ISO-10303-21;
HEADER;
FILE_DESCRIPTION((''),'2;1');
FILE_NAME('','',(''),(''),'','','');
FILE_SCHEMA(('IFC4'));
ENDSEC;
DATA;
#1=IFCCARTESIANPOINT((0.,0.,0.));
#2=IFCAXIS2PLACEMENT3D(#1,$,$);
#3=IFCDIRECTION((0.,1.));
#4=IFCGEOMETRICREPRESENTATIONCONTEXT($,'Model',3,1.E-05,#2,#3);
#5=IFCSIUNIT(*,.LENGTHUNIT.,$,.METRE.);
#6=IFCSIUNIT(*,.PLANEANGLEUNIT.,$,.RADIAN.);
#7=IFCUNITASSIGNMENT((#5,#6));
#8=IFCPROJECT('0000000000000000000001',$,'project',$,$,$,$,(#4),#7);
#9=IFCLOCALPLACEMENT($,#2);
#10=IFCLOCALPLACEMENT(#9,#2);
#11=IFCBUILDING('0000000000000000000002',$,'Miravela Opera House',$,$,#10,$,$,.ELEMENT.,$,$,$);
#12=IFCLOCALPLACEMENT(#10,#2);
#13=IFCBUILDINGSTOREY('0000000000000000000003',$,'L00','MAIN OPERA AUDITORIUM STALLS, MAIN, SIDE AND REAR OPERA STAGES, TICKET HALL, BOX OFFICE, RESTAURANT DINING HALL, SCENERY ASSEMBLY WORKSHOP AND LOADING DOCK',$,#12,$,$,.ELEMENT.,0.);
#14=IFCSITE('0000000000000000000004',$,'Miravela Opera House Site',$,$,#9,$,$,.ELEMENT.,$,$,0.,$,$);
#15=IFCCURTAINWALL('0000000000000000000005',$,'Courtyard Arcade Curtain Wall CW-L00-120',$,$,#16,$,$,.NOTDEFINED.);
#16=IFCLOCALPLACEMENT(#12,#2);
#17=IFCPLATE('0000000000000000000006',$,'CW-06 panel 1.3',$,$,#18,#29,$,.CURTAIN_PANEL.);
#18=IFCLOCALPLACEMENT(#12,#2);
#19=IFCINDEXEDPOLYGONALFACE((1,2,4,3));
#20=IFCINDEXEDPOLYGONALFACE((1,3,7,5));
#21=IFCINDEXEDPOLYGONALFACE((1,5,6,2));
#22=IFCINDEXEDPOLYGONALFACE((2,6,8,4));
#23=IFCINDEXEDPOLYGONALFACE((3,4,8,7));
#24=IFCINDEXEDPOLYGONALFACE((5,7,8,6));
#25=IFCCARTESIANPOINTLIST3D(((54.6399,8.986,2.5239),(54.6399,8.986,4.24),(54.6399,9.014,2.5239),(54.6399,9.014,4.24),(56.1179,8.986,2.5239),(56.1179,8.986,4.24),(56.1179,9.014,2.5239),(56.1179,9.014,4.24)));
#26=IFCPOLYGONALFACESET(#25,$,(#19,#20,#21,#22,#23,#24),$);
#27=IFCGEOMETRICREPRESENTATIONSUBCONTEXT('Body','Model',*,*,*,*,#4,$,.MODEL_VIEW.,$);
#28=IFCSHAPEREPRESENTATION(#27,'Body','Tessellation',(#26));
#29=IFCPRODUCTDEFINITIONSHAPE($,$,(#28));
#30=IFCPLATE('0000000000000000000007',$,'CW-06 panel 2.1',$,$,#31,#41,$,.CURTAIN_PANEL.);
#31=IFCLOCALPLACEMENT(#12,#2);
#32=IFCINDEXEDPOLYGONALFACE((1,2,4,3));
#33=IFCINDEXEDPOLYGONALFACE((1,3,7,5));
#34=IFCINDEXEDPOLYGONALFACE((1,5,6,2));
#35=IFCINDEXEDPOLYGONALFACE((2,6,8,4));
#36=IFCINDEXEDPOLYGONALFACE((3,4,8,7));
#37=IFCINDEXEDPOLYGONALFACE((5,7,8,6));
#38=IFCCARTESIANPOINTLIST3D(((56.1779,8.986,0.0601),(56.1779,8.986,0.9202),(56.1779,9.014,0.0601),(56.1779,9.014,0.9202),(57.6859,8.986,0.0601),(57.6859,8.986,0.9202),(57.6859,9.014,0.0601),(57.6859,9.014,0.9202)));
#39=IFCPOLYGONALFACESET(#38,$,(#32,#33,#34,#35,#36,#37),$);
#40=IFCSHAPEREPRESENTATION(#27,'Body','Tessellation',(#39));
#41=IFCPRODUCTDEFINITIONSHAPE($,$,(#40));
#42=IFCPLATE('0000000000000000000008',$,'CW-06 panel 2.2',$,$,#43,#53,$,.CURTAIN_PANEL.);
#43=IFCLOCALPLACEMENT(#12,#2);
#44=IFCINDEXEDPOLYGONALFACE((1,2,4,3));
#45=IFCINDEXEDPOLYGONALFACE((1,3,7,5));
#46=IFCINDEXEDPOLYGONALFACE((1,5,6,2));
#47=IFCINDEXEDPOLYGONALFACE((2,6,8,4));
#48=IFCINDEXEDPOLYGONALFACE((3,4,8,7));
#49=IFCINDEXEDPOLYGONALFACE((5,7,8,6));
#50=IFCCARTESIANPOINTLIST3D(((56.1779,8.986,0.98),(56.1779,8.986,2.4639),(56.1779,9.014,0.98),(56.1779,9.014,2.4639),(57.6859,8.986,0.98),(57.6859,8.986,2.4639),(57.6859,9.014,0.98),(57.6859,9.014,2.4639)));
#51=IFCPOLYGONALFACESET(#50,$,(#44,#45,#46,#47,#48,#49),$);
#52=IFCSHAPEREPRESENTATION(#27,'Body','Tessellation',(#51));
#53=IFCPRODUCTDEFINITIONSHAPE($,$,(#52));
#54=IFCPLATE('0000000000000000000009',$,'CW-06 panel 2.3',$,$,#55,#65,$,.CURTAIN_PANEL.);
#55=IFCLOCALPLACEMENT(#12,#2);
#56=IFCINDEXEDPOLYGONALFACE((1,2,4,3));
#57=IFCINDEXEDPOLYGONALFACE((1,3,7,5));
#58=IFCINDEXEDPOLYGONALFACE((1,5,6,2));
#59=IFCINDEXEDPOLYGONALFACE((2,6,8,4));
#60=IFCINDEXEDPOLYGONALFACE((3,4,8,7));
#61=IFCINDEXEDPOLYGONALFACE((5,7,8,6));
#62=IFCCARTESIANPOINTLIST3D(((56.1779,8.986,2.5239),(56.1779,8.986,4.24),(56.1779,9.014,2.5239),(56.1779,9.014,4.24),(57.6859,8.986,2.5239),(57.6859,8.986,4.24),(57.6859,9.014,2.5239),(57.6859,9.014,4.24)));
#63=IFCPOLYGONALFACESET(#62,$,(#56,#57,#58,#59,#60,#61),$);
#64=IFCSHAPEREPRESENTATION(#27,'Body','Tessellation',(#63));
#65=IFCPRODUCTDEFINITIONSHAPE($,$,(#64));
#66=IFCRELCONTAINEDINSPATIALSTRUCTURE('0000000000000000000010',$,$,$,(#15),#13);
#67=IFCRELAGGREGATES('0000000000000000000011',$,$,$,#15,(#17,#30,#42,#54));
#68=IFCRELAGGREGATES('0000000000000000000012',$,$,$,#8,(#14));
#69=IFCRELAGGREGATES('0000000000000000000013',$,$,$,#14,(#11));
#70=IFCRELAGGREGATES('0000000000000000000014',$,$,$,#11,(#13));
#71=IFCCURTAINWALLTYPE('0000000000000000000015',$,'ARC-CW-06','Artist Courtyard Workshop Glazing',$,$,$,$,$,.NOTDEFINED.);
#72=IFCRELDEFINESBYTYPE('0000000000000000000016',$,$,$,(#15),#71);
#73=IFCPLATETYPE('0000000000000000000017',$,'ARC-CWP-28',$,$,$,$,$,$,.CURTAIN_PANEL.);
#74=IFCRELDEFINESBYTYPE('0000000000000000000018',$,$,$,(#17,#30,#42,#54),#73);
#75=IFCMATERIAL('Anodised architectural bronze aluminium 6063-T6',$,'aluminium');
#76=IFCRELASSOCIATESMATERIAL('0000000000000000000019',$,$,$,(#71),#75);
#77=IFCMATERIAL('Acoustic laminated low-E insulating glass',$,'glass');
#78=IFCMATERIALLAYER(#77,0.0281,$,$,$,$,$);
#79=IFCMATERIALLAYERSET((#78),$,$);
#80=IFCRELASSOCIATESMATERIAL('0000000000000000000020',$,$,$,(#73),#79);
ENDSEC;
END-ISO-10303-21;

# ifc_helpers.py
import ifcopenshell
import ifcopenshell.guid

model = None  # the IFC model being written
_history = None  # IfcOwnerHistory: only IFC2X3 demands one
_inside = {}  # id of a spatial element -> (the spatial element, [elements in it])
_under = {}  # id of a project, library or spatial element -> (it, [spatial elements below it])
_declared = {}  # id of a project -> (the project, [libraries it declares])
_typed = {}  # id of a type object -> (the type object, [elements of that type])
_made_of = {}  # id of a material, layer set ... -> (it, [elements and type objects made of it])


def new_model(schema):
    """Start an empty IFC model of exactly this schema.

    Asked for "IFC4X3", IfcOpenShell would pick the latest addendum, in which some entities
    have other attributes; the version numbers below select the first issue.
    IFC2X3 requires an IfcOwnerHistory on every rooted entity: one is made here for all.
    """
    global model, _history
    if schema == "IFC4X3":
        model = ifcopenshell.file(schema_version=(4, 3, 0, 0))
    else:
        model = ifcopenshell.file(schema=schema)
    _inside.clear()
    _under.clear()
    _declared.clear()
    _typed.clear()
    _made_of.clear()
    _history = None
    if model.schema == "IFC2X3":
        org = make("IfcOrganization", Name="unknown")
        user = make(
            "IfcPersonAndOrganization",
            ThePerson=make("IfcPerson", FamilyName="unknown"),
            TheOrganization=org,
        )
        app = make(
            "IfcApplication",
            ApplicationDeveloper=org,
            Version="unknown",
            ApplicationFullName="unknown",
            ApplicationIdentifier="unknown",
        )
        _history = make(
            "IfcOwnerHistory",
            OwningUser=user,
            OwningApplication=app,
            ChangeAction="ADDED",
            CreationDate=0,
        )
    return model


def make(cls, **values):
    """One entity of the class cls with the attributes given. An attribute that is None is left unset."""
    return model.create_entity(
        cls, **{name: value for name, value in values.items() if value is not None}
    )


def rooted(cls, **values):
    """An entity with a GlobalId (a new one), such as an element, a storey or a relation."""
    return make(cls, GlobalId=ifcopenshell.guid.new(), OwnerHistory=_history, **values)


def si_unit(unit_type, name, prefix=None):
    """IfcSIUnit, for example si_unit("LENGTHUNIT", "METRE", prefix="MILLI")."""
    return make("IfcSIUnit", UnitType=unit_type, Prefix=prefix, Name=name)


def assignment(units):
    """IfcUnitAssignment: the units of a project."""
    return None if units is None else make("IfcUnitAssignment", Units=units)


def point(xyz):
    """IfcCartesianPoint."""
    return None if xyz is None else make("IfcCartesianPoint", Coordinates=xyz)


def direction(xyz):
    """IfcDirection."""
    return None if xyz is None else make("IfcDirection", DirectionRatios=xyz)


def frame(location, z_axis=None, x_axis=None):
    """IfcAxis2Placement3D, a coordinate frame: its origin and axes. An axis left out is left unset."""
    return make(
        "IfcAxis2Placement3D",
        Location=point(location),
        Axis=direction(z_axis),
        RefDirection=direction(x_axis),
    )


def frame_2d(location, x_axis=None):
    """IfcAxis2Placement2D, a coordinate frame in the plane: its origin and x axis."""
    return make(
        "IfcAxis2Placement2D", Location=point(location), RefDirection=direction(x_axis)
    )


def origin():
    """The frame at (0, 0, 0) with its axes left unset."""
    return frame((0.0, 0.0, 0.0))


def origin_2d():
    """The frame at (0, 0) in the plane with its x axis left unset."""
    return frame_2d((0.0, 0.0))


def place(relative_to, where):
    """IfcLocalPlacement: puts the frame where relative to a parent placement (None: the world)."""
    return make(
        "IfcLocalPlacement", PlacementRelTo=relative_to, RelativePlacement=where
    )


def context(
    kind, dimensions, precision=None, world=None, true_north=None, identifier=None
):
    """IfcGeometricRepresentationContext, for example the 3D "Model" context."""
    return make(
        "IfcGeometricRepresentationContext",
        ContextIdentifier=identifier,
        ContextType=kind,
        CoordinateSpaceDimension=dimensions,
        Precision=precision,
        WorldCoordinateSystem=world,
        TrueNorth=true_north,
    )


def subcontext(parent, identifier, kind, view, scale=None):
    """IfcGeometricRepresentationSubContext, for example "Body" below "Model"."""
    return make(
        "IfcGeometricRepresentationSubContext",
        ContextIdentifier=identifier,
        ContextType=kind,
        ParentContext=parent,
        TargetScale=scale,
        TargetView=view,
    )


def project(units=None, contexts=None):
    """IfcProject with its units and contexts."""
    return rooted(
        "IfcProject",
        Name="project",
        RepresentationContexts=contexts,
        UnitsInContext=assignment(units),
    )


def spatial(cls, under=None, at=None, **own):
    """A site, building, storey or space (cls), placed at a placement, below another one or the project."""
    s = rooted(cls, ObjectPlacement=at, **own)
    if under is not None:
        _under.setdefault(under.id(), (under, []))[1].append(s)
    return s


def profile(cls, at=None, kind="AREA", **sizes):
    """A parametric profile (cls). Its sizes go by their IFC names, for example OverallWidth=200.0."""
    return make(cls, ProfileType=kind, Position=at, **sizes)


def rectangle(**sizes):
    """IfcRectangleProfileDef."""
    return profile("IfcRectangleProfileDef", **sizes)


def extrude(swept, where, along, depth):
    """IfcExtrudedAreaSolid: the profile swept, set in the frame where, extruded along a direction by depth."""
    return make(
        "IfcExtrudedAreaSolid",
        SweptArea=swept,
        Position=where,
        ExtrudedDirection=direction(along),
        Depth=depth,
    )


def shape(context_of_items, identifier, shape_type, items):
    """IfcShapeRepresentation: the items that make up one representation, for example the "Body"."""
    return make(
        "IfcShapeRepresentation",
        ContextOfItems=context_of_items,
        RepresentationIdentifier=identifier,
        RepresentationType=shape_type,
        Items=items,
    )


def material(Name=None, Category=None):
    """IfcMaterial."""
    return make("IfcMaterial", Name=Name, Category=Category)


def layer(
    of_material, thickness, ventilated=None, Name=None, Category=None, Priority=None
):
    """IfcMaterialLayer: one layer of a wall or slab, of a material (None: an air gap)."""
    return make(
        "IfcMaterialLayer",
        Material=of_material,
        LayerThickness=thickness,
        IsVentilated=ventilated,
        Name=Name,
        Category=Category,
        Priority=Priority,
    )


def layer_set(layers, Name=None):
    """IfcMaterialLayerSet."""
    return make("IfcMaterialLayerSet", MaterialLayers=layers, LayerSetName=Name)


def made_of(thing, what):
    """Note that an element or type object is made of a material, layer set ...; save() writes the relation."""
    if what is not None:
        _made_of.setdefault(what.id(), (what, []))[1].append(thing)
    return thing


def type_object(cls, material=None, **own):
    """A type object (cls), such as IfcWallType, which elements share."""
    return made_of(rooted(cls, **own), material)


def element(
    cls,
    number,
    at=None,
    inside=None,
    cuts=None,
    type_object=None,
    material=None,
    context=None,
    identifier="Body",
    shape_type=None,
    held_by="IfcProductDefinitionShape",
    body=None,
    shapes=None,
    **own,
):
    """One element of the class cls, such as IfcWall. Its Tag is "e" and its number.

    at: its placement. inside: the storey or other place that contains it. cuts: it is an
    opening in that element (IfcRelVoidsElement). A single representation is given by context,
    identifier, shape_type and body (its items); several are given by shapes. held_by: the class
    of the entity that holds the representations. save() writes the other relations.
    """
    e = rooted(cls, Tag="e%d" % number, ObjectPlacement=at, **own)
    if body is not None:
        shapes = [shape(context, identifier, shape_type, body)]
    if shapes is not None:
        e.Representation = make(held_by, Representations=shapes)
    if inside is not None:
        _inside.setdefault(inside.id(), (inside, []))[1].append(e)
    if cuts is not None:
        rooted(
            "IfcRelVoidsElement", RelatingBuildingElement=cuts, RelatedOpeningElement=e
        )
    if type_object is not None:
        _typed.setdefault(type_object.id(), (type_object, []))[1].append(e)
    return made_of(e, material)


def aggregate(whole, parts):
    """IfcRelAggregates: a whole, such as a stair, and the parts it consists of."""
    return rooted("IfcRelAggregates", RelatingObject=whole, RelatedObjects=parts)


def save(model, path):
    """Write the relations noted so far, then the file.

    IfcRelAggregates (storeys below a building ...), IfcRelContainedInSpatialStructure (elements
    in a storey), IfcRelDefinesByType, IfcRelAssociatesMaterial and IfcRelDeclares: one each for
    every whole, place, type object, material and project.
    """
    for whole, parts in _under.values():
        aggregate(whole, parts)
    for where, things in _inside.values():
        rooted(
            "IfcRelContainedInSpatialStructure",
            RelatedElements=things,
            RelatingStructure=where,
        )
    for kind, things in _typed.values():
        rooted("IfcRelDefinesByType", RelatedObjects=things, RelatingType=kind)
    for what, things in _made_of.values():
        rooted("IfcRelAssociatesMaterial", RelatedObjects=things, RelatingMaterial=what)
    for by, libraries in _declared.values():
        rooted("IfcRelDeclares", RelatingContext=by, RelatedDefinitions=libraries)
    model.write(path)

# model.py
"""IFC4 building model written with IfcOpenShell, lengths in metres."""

from ifc_helpers import new_model, si_unit, direction, frame, origin, origin_2d, place, context, subcontext, project, spatial, rectangle, extrude, material, layer, layer_set, type_object, element, aggregate, save


model = new_model("IFC4")

# Units and contexts
model_context = context("Model", 3, precision=1e-05, world=origin(), true_north=direction((0.0, 1.0)))
body_context = subcontext(model_context, "Body", "Model", "MODEL_VIEW")
ifc_project = project(units=[si_unit("LENGTHUNIT", "METRE"), si_unit("PLANEANGLEUNIT", "RADIAN")], contexts=[model_context])

# Site, building, storey
site_placement = place(None, origin())
site = spatial("IfcSite", under=ifc_project, at=site_placement, Name="Miravela Opera House Site", CompositionType="ELEMENT", RefElevation=0.0)
building_placement = place(site_placement, origin())
building = spatial("IfcBuilding", under=site, at=building_placement, Name="Miravela Opera House", CompositionType="ELEMENT")
storey_placement = place(building_placement, origin())
storey = spatial("IfcBuildingStorey", under=building, at=storey_placement, Name="L00", Description="MAIN OPERA AUDITORIUM STALLS, MAIN, SIDE AND REAR OPERA STAGES, TICKET HALL, BOX OFFICE, RESTAURANT DINING HALL, SCENERY ASSEMBLY WORKSHOP AND LOADING DOCK", CompositionType="ELEMENT", Elevation=0.0)

# Shared definitions
ifc_material_1 = material(Name="Anodised architectural bronze aluminium 6063-T6", Category="aluminium")
curtain_wall_type = type_object("IfcCurtainWallType", Name="ARC-CW-06", Description="Artist Courtyard Workshop Glazing", PredefinedType="NOTDEFINED", material=ifc_material_1)

# Curtain wall
curtain_wall_1_placement = place(storey_placement, origin())
curtain_wall_1 = element("IfcCurtainWall", 1, at=curtain_wall_1_placement, inside=storey, type_object=curtain_wall_type, Name="Courtyard Arcade Curtain Wall CW-L00-120", PredefinedType="NOTDEFINED")

# Plates
ifc_material_2 = material(Name="Acoustic laminated low-E insulating glass", Category="glass")
ifc_layer = layer(ifc_material_2, 0.0281)
ifc_layer_set = layer_set([ifc_layer])
plate_type = type_object("IfcPlateType", Name="ARC-CWP-28", PredefinedType="CURTAIN_PANEL", material=ifc_layer_set)
plate_1_placement = place(storey_placement, frame((55.3789, 9.0, 2.5239), z_axis=(0.0, 0.0, 1.0), x_axis=(1.0, 0.0, 0.0)))
plate_1 = element("IfcPlate", 2, at=plate_1_placement, type_object=plate_type, Name="CW-06 panel 1.3", PredefinedType="CURTAIN_PANEL", context=body_context, shape_type="SweptSolid", body=[
    extrude(rectangle(XDim=1.478, YDim=0.0281, at=origin_2d()), origin(), (0.0, 0.0, 1.0), 1.7161),
])
plate_2_placement = place(storey_placement, frame((56.9319, 9.0, 0.0601), z_axis=(0.0, 0.0, 1.0), x_axis=(1.0, 0.0, 0.0)))
plate_2 = element("IfcPlate", 3, at=plate_2_placement, type_object=plate_type, Name="CW-06 panel 2.1", PredefinedType="CURTAIN_PANEL", context=body_context, shape_type="SweptSolid", body=[
    extrude(rectangle(XDim=1.5081, YDim=0.0281, at=origin_2d()), origin(), (0.0, 0.0, 1.0), 0.8601),
])
plate_3_placement = place(storey_placement, frame((56.9319, 9.0, 0.98), z_axis=(0.0, 0.0, 1.0), x_axis=(1.0, 0.0, 0.0)))
plate_3 = element("IfcPlate", 4, at=plate_3_placement, type_object=plate_type, Name="CW-06 panel 2.2", PredefinedType="CURTAIN_PANEL", context=body_context, shape_type="SweptSolid", body=[
    extrude(rectangle(XDim=1.5081, YDim=0.0281, at=origin_2d()), origin(), (0.0, 0.0, 1.0), 1.4839),
])
plate_4_placement = place(storey_placement, frame((56.9319, 9.0, 2.5239), z_axis=(0.0, 0.0, 1.0), x_axis=(1.0, 0.0, 0.0)))
plate_4 = element("IfcPlate", 5, at=plate_4_placement, type_object=plate_type, Name="CW-06 panel 2.3", PredefinedType="CURTAIN_PANEL", context=body_context, shape_type="SweptSolid", body=[
    extrude(rectangle(XDim=1.5081, YDim=0.0281, at=origin_2d()), origin(), (0.0, 0.0, 1.0), 1.7161),
])
aggregate(curtain_wall_1, [plate_1, plate_2, plate_3, plate_4])

save(model, "model.ifc")
